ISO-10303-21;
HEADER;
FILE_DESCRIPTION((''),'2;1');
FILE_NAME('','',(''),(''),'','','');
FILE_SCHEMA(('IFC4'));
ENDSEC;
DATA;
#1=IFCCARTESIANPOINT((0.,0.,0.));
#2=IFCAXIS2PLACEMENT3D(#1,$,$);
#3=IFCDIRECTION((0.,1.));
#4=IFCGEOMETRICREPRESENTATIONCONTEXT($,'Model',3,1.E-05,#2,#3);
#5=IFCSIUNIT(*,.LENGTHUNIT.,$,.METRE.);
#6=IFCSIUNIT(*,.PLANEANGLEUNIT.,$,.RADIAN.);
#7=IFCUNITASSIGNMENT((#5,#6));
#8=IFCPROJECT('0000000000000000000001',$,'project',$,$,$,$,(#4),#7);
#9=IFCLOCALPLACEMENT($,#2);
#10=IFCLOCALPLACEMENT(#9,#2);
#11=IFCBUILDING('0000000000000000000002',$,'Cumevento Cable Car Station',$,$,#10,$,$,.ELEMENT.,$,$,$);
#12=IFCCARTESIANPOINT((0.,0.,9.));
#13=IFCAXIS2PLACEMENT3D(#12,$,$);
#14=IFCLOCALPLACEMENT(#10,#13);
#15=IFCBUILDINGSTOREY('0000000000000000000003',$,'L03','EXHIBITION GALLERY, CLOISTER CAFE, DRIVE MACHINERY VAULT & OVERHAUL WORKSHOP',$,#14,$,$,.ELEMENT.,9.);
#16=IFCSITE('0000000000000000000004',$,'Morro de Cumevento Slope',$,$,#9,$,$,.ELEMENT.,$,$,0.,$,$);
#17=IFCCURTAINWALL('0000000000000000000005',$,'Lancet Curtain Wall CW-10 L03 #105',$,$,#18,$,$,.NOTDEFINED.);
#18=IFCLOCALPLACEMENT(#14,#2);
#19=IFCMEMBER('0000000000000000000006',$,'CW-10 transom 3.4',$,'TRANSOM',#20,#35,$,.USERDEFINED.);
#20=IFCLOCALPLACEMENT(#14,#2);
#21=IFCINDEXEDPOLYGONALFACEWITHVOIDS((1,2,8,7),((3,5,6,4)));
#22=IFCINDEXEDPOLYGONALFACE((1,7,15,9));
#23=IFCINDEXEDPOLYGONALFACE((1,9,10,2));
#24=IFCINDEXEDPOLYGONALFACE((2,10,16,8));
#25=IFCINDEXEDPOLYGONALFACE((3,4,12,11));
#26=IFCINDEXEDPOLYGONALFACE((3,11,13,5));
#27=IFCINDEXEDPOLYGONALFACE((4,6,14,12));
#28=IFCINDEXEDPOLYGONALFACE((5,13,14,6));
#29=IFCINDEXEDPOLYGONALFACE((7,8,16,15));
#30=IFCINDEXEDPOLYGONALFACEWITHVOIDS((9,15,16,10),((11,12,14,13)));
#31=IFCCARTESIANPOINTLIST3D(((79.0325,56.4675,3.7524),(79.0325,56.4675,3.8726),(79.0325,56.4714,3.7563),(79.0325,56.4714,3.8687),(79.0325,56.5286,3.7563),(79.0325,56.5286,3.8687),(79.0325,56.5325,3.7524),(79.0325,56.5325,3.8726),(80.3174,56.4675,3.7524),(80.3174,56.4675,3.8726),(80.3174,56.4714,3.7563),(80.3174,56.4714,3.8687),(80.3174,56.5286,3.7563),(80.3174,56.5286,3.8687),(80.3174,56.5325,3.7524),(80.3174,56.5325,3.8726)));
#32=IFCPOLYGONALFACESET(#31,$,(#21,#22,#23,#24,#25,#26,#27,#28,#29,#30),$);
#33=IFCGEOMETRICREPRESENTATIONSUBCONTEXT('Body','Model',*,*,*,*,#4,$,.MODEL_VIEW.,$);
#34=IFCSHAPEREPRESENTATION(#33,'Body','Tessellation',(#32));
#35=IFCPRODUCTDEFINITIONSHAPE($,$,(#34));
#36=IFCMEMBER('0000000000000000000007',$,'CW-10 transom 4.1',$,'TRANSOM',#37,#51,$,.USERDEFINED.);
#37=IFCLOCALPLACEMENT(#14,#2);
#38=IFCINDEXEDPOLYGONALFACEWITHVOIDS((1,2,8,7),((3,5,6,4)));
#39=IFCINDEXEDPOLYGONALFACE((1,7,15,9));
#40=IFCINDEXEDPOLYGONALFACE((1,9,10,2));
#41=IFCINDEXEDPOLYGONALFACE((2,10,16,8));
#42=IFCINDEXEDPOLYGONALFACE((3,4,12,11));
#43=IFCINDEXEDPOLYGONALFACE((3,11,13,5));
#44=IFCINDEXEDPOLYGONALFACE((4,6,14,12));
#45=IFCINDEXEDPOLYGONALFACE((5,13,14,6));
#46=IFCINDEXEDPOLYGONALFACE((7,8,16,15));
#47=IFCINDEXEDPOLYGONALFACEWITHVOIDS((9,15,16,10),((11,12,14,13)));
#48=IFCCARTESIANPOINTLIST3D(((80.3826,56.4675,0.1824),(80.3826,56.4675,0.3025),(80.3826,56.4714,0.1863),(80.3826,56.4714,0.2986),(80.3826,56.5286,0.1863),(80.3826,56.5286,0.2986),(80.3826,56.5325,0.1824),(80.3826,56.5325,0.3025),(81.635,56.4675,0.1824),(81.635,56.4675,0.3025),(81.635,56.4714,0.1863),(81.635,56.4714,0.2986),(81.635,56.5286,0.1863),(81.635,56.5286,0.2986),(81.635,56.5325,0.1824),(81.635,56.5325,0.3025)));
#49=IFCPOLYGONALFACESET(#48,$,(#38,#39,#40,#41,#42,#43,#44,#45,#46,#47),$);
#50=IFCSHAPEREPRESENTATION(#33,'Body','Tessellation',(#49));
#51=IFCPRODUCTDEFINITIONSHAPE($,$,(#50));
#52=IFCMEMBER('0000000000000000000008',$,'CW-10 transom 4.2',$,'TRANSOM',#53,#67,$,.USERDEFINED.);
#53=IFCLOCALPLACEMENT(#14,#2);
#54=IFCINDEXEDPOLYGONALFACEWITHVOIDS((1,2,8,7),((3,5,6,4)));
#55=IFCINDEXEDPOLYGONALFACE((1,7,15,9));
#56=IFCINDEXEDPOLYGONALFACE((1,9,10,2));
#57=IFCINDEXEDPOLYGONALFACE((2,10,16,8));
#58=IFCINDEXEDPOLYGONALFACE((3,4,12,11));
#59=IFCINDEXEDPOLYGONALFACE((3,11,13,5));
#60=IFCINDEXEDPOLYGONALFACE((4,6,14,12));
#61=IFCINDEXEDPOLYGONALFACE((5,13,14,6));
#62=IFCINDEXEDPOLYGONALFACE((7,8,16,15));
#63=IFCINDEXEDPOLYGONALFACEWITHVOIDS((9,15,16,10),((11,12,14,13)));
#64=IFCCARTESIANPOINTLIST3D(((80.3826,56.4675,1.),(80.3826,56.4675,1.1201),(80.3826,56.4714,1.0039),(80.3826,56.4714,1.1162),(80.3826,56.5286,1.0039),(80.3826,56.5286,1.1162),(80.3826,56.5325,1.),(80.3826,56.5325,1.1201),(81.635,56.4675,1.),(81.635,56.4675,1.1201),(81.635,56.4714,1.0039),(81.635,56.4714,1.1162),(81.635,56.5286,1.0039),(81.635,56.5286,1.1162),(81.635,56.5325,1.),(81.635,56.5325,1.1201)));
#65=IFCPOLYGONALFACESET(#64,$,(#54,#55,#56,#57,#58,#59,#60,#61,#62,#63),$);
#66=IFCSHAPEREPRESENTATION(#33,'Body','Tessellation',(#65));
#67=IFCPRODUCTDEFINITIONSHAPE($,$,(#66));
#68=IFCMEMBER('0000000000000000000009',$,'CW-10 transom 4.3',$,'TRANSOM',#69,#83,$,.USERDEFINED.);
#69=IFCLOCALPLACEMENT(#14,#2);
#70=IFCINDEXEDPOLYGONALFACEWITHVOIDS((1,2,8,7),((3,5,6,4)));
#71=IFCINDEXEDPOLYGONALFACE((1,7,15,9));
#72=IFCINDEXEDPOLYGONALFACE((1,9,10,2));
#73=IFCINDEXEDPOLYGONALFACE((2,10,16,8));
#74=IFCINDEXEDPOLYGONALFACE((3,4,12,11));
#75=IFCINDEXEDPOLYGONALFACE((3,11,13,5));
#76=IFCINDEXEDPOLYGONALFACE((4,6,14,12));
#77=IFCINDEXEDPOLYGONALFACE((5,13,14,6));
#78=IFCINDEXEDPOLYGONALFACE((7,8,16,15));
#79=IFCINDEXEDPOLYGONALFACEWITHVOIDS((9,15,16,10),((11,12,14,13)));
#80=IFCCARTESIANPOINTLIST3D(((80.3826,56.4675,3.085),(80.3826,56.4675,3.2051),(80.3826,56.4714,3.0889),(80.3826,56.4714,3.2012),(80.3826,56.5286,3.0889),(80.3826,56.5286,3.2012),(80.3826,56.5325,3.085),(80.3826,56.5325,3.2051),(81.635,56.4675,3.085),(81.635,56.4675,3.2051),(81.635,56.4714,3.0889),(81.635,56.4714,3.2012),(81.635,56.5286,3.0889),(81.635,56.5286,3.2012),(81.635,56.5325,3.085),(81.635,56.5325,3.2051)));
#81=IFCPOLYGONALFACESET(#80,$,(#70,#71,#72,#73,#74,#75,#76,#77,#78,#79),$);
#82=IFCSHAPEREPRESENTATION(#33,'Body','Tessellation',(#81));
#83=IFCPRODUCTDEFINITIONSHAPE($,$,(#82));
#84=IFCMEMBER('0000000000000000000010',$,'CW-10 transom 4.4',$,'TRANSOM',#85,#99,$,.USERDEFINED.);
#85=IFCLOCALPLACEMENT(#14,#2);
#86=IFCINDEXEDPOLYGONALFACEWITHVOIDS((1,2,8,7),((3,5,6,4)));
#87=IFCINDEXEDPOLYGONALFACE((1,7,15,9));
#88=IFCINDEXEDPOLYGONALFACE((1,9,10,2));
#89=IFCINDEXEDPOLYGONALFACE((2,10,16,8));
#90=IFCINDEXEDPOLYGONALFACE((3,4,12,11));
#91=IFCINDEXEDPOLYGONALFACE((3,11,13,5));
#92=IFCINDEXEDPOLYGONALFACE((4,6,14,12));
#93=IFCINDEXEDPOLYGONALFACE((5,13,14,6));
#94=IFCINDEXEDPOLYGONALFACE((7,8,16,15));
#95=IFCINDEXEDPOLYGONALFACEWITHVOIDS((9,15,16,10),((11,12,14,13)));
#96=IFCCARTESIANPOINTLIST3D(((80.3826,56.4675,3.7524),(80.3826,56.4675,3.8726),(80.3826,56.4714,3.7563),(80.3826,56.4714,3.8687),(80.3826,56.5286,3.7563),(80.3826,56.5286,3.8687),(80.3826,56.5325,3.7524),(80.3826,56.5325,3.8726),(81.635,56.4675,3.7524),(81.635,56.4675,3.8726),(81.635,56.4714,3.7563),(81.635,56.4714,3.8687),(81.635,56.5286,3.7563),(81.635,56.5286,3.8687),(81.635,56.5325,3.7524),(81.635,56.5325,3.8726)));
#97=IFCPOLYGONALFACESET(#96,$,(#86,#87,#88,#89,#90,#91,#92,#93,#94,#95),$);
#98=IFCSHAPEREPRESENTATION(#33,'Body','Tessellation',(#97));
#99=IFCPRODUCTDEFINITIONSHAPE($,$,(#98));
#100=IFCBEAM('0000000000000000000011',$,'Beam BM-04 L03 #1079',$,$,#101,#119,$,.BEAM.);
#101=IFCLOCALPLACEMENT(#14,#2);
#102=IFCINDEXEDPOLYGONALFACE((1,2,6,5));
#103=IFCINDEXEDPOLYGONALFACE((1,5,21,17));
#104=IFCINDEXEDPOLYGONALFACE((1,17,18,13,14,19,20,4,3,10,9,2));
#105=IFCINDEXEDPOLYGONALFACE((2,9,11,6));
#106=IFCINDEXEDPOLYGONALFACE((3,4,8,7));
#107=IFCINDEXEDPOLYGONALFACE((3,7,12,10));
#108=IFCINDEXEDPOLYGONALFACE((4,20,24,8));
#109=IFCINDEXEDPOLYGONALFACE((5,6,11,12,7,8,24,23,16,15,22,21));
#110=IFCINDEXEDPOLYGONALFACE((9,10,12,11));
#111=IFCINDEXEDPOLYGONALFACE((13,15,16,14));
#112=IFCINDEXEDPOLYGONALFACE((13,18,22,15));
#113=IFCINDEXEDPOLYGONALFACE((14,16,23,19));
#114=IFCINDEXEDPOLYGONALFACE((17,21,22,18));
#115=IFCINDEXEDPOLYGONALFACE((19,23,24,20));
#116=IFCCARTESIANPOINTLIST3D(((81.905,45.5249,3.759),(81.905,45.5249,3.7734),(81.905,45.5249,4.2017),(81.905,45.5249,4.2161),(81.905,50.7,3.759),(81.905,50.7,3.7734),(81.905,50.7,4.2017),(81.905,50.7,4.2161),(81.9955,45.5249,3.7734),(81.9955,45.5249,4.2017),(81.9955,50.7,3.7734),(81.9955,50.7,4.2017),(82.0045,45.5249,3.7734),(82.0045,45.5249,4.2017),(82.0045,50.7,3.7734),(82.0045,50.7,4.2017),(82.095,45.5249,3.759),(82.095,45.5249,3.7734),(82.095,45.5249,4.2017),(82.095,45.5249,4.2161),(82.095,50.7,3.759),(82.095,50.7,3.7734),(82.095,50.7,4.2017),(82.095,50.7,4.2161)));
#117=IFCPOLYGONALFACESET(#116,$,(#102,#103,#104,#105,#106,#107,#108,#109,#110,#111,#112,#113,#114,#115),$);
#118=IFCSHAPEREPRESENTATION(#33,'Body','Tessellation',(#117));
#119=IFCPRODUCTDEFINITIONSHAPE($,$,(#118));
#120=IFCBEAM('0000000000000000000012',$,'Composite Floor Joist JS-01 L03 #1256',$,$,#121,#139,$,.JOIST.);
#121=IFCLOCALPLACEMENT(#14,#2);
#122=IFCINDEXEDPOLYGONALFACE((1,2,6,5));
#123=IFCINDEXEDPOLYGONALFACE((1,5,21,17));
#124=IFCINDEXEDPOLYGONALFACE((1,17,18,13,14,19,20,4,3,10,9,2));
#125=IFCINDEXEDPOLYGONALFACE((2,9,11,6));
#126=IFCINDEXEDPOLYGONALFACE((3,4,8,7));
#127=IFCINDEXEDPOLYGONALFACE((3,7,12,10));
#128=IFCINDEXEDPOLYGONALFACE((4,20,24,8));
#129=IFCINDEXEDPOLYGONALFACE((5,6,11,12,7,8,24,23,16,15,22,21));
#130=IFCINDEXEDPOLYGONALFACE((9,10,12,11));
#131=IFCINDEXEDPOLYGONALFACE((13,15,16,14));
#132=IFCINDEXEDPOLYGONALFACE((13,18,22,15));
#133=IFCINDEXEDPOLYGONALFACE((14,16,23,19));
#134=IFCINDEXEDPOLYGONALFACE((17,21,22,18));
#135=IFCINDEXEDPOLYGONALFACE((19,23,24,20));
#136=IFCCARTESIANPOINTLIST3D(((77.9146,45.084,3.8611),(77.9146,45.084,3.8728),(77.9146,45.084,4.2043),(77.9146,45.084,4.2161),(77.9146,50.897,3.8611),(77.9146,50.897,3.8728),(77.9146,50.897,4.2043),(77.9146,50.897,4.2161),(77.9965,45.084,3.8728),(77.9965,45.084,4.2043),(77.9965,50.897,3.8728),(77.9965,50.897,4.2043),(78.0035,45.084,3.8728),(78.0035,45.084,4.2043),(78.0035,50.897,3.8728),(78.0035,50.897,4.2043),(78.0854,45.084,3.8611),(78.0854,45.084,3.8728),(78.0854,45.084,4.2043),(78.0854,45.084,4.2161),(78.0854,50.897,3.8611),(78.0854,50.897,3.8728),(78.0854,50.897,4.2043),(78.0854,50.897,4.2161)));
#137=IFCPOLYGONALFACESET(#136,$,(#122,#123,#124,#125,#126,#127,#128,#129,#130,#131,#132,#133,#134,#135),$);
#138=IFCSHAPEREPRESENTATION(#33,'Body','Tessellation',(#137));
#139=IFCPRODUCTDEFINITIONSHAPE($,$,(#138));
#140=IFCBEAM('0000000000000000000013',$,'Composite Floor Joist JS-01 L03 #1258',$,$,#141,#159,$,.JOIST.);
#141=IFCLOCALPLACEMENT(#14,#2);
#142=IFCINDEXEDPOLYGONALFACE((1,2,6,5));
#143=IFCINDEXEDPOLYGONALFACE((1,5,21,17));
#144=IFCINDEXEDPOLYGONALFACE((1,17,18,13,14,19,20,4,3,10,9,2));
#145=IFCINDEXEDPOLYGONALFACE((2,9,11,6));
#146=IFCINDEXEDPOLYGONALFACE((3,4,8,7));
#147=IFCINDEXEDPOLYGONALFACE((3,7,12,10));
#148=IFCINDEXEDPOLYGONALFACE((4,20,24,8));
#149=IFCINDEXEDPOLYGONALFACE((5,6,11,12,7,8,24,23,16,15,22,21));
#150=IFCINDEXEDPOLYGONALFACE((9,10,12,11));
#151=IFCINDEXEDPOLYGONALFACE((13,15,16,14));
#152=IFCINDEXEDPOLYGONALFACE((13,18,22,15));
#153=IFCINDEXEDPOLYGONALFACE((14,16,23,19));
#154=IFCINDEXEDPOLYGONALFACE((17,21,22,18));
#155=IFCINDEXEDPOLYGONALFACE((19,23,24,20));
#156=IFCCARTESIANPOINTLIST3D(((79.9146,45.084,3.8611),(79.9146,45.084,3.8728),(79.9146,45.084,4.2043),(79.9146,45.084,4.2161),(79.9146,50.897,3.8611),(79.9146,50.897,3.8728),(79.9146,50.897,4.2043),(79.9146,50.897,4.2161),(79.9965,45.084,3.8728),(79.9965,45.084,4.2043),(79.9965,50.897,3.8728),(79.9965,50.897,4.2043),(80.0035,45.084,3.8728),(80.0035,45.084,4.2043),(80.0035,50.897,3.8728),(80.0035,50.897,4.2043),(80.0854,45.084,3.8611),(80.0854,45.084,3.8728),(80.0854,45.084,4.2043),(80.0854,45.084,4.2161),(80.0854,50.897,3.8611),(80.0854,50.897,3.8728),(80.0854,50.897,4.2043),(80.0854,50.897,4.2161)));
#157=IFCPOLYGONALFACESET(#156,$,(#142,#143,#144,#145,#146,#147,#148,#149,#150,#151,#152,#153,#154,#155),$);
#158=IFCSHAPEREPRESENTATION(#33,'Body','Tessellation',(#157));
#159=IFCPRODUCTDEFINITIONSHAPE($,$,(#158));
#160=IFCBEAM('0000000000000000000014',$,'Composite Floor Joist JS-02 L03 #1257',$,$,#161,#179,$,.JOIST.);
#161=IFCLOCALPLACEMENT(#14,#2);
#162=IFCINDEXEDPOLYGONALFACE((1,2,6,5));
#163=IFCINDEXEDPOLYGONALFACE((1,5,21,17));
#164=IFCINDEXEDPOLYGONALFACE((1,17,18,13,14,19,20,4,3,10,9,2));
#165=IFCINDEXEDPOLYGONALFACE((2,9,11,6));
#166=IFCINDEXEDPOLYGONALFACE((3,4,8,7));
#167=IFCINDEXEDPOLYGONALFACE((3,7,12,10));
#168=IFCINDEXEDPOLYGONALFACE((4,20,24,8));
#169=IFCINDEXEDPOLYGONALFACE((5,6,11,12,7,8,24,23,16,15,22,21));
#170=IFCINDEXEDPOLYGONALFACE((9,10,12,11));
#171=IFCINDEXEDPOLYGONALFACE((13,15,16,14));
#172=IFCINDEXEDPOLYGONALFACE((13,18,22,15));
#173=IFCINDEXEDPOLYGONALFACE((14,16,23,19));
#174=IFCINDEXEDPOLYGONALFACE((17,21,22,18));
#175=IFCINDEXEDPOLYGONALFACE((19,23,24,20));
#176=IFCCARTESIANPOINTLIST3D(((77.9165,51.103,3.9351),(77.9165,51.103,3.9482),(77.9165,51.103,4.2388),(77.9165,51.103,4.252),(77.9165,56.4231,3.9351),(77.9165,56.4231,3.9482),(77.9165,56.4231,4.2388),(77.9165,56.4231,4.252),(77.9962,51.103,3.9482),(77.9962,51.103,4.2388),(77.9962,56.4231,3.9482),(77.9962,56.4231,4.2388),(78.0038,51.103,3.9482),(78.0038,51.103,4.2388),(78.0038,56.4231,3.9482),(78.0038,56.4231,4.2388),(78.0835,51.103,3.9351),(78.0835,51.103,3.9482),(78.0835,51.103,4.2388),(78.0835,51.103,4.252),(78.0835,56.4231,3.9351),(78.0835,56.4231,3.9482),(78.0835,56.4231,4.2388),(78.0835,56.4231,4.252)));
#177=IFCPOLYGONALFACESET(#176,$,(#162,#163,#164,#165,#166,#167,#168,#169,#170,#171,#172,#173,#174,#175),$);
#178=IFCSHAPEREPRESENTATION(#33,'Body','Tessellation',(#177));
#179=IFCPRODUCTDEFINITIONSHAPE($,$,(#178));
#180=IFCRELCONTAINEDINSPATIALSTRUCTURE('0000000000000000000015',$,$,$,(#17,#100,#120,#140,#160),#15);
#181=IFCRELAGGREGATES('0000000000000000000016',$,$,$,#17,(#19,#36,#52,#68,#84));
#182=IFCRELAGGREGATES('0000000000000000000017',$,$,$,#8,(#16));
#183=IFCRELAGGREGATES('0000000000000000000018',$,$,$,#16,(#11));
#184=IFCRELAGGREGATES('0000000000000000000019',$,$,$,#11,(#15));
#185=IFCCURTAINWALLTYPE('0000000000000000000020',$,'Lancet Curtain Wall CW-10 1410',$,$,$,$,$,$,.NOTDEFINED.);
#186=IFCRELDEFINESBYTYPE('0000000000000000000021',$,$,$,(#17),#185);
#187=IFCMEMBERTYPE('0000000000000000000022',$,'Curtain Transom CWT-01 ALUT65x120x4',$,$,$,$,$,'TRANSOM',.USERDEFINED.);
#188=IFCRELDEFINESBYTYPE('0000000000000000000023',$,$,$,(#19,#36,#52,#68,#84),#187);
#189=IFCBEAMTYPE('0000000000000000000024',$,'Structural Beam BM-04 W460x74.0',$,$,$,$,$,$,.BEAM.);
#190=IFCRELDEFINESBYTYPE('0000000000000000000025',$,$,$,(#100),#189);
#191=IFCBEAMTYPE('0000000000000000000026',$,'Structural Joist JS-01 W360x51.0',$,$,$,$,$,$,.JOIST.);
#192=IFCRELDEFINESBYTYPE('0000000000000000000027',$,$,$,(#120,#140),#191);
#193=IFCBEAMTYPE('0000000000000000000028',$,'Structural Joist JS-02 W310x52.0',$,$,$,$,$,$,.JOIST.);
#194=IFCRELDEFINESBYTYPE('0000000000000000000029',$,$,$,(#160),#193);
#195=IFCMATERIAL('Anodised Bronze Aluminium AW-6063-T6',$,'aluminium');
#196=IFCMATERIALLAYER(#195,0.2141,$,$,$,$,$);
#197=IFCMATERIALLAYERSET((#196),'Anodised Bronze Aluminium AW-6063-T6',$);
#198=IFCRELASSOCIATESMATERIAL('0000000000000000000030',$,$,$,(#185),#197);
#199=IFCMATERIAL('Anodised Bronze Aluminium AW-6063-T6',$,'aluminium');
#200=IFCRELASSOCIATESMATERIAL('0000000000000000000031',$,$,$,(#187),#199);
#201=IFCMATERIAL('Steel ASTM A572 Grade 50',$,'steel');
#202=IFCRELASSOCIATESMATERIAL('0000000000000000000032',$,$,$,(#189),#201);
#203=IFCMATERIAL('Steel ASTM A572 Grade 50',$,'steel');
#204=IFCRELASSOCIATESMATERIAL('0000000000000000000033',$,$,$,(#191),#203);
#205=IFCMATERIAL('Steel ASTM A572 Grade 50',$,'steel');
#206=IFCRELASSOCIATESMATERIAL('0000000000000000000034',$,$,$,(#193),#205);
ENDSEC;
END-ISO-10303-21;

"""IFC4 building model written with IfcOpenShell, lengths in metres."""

from ifc_helpers import new_model, si_unit, direction, frame, origin, origin_2d, place, context, subcontext, project, spatial, hollow_rectangle, i_section, extrude, material, layer, layer_set, material_profile, profile_set, type_object, element, aggregate, save


model = new_model("IFC4")

# Units and contexts
model_context = context("Model", 3, precision=1e-05, world=origin(), true_north=direction((0.0, 1.0)))
body_context = subcontext(model_context, "Body", "Model", "MODEL_VIEW")
ifc_project = project(units=[si_unit("LENGTHUNIT", "METRE"), si_unit("PLANEANGLEUNIT", "RADIAN")], contexts=[model_context])

# Site, building, storey
site_placement = place(None, origin())
site = spatial("IfcSite", under=ifc_project, at=site_placement, Name="Morro de Cumevento Slope", CompositionType="ELEMENT", RefElevation=0.0)
building_placement = place(site_placement, origin())
building = spatial("IfcBuilding", under=site, at=building_placement, Name="Cumevento Cable Car Station", CompositionType="ELEMENT")
storey_placement = place(building_placement, frame((0.0, 0.0, 9.0)))
storey = spatial("IfcBuildingStorey", under=building, at=storey_placement, Name="L03", Description="EXHIBITION GALLERY, CLOISTER CAFE, DRIVE MACHINERY VAULT & OVERHAUL WORKSHOP", CompositionType="ELEMENT", Elevation=9.0)

# Curtain wall, members
ifc_material_1 = material(Name="Anodised Bronze Aluminium AW-6063-T6", Category="aluminium")
ifc_layer_1 = layer(ifc_material_1, 0.2141)
ifc_layer_set_1 = layer_set([ifc_layer_1], Name="Anodised Bronze Aluminium AW-6063-T6")
curtain_wall_type = type_object("IfcCurtainWallType", Name="Lancet Curtain Wall CW-10 1410", PredefinedType="NOTDEFINED", material=ifc_layer_set_1)
curtain_wall_placement = place(storey_placement, origin())
curtain_wall = element("IfcCurtainWall", 1, at=curtain_wall_placement, inside=storey, type_object=curtain_wall_type, Name="Lancet Curtain Wall CW-10 L03 #105", PredefinedType="NOTDEFINED")
ifc_material_2 = material(Name="Anodised Bronze Aluminium AW-6063-T6", Category="aluminium")
ifc_material_profile_1 = material_profile(ifc_material_2, hollow_rectangle(XDim=0.0649, YDim=0.1201, WallThickness=0.0039, at=origin_2d()), Name="ALUT65x120x4")
ifc_profile_set_1 = profile_set([ifc_material_profile_1], Name="Anodised Bronze Aluminium AW-6063-T6")
member_type_1 = type_object("IfcMemberType", Name="Curtain Transom CWT-01 ALUT65x120x4", ElementType="TRANSOM", PredefinedType="USERDEFINED", material=ifc_profile_set_1)
member_1_placement = place(storey_placement, frame((79.0325, 56.5, 3.8125), z_axis=(1.0, 0.0, 0.0), x_axis=(0.0, 1.0, 0.0)))
member_1 = element("IfcMember", 2, at=member_1_placement, type_object=member_type_1, Name="CW-10 transom 3.4", ObjectType="TRANSOM", PredefinedType="USERDEFINED", context=body_context, shape_type="SweptSolid", body=[
    extrude(hollow_rectangle(XDim=0.0649, YDim=0.1201, WallThickness=0.0039, at=origin_2d()), origin(), (0.0, 0.0, 1.0), 1.2849),
])
member_2_placement = place(storey_placement, frame((80.3826, 56.5, 0.2424), z_axis=(1.0, 0.0, 0.0), x_axis=(0.0, 1.0, 0.0)))
member_2 = element("IfcMember", 3, at=member_2_placement, type_object=member_type_1, Name="CW-10 transom 4.1", ObjectType="TRANSOM", PredefinedType="USERDEFINED", context=body_context, shape_type="SweptSolid", body=[
    extrude(hollow_rectangle(XDim=0.0649, YDim=0.1201, WallThickness=0.0039, at=origin_2d()), origin(), (0.0, 0.0, 1.0), 1.2524),
])
member_3_placement = place(storey_placement, frame((80.3826, 56.5, 1.0601), z_axis=(1.0, 0.0, 0.0), x_axis=(0.0, 1.0, 0.0)))
member_3 = element("IfcMember", 4, at=member_3_placement, type_object=member_type_1, Name="CW-10 transom 4.2", ObjectType="TRANSOM", PredefinedType="USERDEFINED", context=body_context, shape_type="SweptSolid", body=[
    extrude(hollow_rectangle(XDim=0.0649, YDim=0.1201, WallThickness=0.0039, at=origin_2d()), origin(), (0.0, 0.0, 1.0), 1.2524),
])
member_4_placement = place(storey_placement, frame((80.3826, 56.5, 3.145), z_axis=(1.0, 0.0, 0.0), x_axis=(0.0, 1.0, 0.0)))
member_4 = element("IfcMember", 5, at=member_4_placement, type_object=member_type_1, Name="CW-10 transom 4.3", ObjectType="TRANSOM", PredefinedType="USERDEFINED", context=body_context, shape_type="SweptSolid", body=[
    extrude(hollow_rectangle(XDim=0.0649, YDim=0.1201, WallThickness=0.0039, at=origin_2d()), origin(), (0.0, 0.0, 1.0), 1.2524),
])
member_5_placement = place(storey_placement, frame((80.3826, 56.5, 3.8125), z_axis=(1.0, 0.0, 0.0), x_axis=(0.0, 1.0, 0.0)))
member_5 = element("IfcMember", 6, at=member_5_placement, type_object=member_type_1, Name="CW-10 transom 4.4", ObjectType="TRANSOM", PredefinedType="USERDEFINED", context=body_context, shape_type="SweptSolid", body=[
    extrude(hollow_rectangle(XDim=0.0649, YDim=0.1201, WallThickness=0.0039, at=origin_2d()), origin(), (0.0, 0.0, 1.0), 1.2524),
])

# Beams
ifc_material_3 = material(Name="Steel ASTM A572 Grade 50", Category="steel")
ifc_material_profile_2 = material_profile(ifc_material_3, i_section(OverallWidth=0.1899, OverallDepth=0.457, WebThickness=0.009, FlangeThickness=0.0144, at=origin_2d()), Name="W460x74.0")
ifc_profile_set_2 = profile_set([ifc_material_profile_2], Name="Steel ASTM A572 Grade 50")
beam_type_1 = type_object("IfcBeamType", Name="Structural Beam BM-04 W460x74.0", PredefinedType="BEAM", material=ifc_profile_set_2)
beam_placement = place(storey_placement, frame((82.0, 45.5249, 3.9875), z_axis=(0.0, 1.0, 0.0), x_axis=(-1.0, 0.0, 0.0)))
element("IfcBeam", 7, at=beam_placement, inside=storey, type_object=beam_type_1, Name="Beam BM-04 L03 #1079", PredefinedType="BEAM", context=body_context, shape_type="SweptSolid", body=[
    extrude(i_section(OverallWidth=0.1899, OverallDepth=0.457, WebThickness=0.009, FlangeThickness=0.0144, at=origin_2d()), origin(), (0.0, 0.0, 1.0), 5.175),
])
ifc_material_4 = material(Name="Steel ASTM A572 Grade 50", Category="steel")
ifc_material_profile_3 = material_profile(ifc_material_4, i_section(OverallWidth=0.1709, OverallDepth=0.355, WebThickness=0.0071, FlangeThickness=0.0117, at=origin_2d()), Name="W360x51.0")
ifc_profile_set_3 = profile_set([ifc_material_profile_3], Name="Steel ASTM A572 Grade 50")
beam_type_2 = type_object("IfcBeamType", Name="Structural Joist JS-01 W360x51.0", PredefinedType="JOIST", material=ifc_profile_set_3)
for number, where, z_axis, x_axis, name in (
    (8, (78.0, 45.084, 4.0386), (0.0, 1.0, 0.0), (-1.0, 0.0, 0.0), "Composite Floor Joist JS-01 L03 #1256"),
    (9, (80.0, 45.084, 4.0386), (0.0, 1.0, 0.0), (-1.0, 0.0, 0.0), "Composite Floor Joist JS-01 L03 #1258"),
):
    element("IfcBeam", number, at=place(storey_placement, frame(where, z_axis=z_axis, x_axis=x_axis)), inside=storey, type_object=beam_type_2, Name=name, PredefinedType="JOIST", context=body_context, shape_type="SweptSolid", body=[
        extrude(i_section(OverallWidth=0.1709, OverallDepth=0.355, WebThickness=0.0071, FlangeThickness=0.0117, at=origin_2d()), origin(), (0.0, 0.0, 1.0), 5.813),
    ])
ifc_material_5 = material(Name="Steel ASTM A572 Grade 50", Category="steel")
ifc_material_profile_4 = material_profile(ifc_material_5, i_section(OverallWidth=0.167, OverallDepth=0.3169, WebThickness=0.0076, FlangeThickness=0.0132, at=origin_2d()), Name="W310x52.0")
ifc_profile_set_4 = profile_set([ifc_material_profile_4], Name="Steel ASTM A572 Grade 50")
beam_type_3 = type_object("IfcBeamType", Name="Structural Joist JS-02 W310x52.0", PredefinedType="JOIST", material=ifc_profile_set_4)
for number, where, z_axis, x_axis, name in (
    (10, (78.0, 51.103, 4.0935), (0.0, 1.0, 0.0), (-1.0, 0.0, 0.0), "Composite Floor Joist JS-02 L03 #1257"),
):
    element("IfcBeam", number, at=place(storey_placement, frame(where, z_axis=z_axis, x_axis=x_axis)), inside=storey, type_object=beam_type_3, Name=name, PredefinedType="JOIST", context=body_context, shape_type="SweptSolid", body=[
        extrude(i_section(OverallWidth=0.167, OverallDepth=0.3169, WebThickness=0.0076, FlangeThickness=0.0132, at=origin_2d()), origin(), (0.0, 0.0, 1.0), 5.3201),
    ])

aggregate(curtain_wall, [member_1, member_2, member_3, member_4, member_5])

save(model, "model.ifc")
